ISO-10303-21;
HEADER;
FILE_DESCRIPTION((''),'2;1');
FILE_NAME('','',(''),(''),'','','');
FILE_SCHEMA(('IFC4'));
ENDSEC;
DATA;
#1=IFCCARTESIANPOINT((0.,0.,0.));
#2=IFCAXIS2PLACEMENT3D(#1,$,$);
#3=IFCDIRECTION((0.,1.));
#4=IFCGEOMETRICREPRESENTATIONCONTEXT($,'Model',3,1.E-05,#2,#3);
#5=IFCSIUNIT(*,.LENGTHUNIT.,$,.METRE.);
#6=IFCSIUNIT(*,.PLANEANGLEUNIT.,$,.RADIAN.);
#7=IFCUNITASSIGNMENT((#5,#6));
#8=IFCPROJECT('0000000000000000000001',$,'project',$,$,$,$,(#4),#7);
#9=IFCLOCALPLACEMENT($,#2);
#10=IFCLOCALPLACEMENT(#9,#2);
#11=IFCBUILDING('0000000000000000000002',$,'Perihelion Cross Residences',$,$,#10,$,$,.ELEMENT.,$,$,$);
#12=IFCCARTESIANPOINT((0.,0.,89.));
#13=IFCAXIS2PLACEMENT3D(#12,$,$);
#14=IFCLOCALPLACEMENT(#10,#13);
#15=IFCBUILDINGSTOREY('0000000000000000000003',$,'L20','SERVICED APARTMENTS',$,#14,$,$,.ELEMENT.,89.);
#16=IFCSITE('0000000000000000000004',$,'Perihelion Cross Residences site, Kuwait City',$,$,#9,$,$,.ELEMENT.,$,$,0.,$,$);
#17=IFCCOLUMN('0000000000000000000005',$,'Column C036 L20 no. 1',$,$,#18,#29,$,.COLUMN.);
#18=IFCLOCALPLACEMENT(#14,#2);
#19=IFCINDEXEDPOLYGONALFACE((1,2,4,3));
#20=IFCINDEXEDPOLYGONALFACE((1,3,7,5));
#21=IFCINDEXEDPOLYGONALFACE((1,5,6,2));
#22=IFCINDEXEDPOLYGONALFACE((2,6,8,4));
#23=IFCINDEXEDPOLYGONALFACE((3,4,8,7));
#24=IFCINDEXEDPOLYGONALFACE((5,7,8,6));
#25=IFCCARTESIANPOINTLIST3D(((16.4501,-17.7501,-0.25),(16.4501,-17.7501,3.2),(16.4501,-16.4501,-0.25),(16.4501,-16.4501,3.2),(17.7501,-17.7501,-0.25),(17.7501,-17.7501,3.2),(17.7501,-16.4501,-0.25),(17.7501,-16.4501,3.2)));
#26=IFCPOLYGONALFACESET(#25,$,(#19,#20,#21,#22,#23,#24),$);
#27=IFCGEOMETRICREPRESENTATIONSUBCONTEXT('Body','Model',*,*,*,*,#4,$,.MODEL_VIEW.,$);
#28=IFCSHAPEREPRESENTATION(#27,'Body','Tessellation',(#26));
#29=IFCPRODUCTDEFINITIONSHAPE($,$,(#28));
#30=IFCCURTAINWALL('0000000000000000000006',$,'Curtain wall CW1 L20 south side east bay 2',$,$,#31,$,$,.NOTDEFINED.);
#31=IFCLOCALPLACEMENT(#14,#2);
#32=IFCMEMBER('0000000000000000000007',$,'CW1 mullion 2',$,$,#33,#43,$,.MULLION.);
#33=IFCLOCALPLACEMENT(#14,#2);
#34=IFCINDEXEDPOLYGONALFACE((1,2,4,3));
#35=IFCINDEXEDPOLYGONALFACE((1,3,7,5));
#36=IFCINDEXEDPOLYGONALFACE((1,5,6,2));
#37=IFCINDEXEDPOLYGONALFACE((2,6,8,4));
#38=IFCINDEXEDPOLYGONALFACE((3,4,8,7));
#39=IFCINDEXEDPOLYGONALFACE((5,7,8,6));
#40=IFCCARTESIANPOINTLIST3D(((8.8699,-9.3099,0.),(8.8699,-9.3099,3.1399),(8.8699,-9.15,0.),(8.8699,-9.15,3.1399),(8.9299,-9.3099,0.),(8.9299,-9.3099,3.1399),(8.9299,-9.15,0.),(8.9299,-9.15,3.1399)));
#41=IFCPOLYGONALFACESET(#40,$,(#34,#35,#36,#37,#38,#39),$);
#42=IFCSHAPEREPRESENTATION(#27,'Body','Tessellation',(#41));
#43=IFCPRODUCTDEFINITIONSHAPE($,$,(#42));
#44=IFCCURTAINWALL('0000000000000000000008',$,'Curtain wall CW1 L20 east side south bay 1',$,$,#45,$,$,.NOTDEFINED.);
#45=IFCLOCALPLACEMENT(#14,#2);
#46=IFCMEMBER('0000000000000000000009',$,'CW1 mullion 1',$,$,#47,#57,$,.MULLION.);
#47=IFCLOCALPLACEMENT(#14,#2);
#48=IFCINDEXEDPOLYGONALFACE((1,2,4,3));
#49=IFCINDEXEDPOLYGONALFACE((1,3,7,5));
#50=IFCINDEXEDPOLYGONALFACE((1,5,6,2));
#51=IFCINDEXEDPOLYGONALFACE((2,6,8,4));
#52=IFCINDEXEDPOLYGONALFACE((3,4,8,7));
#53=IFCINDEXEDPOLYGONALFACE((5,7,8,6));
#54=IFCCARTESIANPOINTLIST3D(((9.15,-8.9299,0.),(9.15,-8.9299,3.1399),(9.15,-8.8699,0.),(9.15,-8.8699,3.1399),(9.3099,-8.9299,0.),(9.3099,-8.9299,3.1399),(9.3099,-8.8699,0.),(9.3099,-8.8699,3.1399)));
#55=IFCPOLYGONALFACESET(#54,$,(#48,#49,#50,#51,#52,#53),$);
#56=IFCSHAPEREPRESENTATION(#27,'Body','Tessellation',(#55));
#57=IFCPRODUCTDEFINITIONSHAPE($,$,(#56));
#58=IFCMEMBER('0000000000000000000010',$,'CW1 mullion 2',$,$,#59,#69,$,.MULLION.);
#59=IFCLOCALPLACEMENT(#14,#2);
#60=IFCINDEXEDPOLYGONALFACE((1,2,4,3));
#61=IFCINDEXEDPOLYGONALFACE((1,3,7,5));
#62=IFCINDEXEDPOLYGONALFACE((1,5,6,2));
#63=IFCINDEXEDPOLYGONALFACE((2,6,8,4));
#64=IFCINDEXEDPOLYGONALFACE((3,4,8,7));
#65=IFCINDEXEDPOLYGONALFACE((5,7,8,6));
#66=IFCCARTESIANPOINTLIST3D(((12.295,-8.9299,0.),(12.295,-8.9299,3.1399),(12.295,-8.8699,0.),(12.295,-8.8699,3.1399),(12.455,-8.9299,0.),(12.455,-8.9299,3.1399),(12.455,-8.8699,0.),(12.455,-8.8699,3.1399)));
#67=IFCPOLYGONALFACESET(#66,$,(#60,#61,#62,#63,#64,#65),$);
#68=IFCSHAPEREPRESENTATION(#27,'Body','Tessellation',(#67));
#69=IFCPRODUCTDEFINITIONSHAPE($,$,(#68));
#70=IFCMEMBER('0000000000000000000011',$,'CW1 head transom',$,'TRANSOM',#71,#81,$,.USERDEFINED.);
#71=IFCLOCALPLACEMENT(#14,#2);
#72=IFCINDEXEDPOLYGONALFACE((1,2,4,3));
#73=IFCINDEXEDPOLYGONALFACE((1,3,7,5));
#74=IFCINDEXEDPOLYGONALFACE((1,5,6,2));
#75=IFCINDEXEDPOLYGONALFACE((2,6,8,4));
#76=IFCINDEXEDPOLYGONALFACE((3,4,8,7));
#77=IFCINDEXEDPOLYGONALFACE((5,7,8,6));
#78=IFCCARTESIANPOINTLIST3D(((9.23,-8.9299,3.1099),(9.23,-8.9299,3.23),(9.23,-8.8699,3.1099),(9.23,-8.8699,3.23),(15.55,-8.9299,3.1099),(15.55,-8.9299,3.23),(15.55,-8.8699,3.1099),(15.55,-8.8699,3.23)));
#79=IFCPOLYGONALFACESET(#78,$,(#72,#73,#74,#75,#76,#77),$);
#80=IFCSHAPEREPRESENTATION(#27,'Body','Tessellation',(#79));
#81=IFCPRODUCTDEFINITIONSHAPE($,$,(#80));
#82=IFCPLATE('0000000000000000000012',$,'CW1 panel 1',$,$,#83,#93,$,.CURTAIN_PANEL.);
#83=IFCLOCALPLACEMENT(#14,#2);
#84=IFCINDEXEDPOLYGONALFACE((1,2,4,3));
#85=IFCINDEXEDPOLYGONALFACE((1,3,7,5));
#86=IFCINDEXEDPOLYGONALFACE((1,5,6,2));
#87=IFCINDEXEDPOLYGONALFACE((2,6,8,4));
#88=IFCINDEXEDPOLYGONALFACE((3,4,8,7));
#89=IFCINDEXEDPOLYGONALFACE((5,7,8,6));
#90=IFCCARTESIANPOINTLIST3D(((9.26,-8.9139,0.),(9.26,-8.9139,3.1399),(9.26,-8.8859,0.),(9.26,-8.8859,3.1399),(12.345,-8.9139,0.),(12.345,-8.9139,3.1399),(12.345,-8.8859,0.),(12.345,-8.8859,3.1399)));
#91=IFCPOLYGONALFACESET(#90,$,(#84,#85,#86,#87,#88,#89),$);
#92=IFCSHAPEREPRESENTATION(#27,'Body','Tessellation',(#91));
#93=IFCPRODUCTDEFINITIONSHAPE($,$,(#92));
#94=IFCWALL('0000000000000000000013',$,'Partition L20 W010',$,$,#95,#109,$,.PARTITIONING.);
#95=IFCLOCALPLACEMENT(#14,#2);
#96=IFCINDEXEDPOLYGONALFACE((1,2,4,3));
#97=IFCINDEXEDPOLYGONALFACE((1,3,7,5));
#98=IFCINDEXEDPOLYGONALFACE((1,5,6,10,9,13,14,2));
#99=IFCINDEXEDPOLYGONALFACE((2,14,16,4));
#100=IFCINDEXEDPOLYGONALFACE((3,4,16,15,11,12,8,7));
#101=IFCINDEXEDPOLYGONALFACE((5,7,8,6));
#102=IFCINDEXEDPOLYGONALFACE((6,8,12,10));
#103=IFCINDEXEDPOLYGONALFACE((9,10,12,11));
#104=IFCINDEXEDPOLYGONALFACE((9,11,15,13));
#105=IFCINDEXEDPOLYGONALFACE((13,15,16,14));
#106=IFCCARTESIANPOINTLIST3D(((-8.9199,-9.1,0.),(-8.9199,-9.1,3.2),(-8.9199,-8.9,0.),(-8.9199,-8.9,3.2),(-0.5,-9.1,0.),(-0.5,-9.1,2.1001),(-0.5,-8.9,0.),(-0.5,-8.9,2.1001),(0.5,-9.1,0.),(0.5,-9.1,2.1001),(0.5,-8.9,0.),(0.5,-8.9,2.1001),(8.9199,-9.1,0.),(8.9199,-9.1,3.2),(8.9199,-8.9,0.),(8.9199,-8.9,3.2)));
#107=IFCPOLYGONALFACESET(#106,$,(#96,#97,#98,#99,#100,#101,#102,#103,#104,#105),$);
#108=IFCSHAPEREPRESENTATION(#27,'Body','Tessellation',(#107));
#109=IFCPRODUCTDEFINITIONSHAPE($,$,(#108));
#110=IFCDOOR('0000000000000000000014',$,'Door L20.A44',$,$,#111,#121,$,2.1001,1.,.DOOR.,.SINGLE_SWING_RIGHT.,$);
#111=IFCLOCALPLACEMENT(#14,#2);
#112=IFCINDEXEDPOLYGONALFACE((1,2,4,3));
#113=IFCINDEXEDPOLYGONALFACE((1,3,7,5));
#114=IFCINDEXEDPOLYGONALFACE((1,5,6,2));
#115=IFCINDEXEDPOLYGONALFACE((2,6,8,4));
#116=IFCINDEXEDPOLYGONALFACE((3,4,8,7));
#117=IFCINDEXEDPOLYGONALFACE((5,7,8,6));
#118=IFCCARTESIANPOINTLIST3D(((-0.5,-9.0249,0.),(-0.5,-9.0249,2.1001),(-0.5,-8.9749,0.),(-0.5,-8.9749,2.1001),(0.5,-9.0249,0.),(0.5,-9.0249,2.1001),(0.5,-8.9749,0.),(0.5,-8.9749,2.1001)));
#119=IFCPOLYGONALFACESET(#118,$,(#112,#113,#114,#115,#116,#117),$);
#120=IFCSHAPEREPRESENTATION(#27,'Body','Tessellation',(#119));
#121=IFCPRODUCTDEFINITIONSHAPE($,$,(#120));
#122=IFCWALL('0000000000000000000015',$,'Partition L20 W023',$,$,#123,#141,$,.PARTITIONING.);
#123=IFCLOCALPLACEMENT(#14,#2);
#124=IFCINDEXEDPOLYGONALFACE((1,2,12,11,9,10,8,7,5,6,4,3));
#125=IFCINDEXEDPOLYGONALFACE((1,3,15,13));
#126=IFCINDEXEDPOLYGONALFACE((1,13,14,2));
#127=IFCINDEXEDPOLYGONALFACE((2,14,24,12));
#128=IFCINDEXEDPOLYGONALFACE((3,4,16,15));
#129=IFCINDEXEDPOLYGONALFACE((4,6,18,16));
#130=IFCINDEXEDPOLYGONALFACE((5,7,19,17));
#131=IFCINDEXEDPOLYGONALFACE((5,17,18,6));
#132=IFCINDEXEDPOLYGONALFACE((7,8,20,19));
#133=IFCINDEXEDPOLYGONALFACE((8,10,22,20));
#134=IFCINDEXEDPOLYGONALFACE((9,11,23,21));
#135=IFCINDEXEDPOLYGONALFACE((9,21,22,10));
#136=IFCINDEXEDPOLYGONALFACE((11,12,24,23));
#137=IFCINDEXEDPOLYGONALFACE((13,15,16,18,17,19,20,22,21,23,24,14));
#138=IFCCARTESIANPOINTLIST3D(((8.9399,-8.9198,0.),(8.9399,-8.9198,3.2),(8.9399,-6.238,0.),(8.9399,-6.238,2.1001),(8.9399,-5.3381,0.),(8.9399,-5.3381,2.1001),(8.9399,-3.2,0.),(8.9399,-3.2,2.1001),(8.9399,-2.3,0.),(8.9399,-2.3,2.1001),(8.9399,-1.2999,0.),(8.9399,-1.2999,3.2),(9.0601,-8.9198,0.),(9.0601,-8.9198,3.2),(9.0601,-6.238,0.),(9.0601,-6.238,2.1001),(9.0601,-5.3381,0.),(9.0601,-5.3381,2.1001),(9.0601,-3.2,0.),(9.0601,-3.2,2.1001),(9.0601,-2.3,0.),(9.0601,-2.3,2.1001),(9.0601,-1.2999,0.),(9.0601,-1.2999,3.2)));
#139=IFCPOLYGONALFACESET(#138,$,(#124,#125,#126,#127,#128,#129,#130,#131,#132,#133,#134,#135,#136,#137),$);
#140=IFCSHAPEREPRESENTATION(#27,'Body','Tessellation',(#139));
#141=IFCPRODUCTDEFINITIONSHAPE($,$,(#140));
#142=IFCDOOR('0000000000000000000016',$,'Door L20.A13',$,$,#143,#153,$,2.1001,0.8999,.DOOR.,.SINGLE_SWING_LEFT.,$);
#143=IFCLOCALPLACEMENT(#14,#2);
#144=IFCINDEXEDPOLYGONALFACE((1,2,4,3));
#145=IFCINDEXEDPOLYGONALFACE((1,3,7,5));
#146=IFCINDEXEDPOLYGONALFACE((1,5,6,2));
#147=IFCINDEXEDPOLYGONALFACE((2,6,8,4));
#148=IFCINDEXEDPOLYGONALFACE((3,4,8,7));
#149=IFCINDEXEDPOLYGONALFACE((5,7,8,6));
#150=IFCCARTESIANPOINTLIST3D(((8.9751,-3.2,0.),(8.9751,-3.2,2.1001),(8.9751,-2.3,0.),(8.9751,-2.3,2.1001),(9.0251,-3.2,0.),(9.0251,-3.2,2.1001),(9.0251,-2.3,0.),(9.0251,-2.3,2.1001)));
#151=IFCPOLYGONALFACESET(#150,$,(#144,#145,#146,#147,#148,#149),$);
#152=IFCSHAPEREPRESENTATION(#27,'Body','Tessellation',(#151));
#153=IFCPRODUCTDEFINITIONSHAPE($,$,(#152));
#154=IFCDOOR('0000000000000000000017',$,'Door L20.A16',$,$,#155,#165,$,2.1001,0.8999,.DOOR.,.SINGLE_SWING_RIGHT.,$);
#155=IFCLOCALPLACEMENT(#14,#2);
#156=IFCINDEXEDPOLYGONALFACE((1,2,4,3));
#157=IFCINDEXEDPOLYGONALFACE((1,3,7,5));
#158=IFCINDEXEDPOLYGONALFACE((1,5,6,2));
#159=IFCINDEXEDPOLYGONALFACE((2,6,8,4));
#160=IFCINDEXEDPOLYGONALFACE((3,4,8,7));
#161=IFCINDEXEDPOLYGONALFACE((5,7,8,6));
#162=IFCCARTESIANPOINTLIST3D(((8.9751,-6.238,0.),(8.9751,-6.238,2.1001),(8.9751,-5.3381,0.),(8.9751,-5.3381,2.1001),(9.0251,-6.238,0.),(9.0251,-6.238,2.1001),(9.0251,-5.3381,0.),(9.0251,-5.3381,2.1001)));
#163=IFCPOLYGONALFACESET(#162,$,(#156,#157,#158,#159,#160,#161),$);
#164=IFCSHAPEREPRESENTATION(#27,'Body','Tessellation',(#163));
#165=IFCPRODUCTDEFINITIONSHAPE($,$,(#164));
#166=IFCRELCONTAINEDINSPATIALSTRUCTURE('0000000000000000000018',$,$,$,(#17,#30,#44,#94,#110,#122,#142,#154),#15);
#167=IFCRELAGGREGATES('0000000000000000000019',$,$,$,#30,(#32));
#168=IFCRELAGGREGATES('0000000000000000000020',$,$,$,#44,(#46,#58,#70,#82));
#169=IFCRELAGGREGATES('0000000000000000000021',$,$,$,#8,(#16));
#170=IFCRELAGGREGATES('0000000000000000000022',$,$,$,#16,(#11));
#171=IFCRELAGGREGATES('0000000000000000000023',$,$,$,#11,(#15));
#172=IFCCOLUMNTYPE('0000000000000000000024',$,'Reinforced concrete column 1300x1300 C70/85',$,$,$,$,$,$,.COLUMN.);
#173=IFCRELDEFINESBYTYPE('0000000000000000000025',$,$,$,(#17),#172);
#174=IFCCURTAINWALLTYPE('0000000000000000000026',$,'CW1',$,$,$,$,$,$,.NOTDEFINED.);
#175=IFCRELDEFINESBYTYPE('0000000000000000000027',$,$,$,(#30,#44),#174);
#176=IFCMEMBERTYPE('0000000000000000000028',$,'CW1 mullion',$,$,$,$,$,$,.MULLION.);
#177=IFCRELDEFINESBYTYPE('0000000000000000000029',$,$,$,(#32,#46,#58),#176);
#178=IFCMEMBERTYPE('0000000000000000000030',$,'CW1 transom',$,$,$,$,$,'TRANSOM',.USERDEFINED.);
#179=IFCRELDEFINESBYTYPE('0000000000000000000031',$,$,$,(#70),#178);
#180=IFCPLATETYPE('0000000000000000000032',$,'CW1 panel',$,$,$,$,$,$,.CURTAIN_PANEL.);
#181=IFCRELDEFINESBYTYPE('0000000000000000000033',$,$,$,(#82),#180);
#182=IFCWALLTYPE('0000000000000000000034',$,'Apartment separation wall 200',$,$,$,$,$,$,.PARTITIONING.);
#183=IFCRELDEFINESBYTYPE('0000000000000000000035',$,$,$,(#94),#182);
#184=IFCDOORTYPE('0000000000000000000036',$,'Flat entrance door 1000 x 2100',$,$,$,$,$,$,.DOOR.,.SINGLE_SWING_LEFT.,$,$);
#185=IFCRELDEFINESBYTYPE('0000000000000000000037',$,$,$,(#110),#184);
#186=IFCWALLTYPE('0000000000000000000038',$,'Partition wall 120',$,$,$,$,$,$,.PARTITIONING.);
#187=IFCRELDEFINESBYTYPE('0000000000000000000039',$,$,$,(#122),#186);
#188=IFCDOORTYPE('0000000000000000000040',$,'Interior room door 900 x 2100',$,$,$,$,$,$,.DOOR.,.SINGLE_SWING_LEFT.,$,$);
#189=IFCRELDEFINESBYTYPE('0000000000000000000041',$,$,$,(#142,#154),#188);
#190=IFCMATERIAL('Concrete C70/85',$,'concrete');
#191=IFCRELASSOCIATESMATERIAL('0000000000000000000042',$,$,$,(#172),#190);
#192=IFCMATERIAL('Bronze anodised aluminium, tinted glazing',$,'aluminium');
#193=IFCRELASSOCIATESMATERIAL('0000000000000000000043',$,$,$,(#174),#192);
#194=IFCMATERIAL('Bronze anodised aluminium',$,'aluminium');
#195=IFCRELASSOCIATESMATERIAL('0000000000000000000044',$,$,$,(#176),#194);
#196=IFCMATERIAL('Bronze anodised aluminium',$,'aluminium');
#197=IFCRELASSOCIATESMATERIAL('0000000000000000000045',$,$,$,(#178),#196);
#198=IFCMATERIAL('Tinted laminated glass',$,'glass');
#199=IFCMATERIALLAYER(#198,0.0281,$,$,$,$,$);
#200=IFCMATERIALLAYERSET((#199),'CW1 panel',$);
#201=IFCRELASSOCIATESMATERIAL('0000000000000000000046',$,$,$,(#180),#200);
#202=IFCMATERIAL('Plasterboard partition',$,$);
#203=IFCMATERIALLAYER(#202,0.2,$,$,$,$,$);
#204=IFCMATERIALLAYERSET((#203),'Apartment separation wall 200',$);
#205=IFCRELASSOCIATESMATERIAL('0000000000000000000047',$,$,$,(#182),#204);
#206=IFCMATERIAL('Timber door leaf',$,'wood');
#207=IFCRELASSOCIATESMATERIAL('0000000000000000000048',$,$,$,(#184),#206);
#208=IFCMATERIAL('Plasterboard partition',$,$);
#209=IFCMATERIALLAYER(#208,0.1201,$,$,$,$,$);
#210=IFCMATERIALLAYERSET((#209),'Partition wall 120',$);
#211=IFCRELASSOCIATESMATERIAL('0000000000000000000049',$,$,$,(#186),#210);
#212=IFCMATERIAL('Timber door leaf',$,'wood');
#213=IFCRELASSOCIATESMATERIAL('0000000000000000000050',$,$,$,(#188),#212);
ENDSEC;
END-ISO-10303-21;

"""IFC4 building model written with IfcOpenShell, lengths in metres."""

from ifc_helpers import new_model, si_unit, direction, frame, frame_2d, origin, origin_2d, place, context, subcontext, project, spatial, rectangle, extrude, material, layer, layer_set, material_profile, profile_set, type_object, element, fill, aggregate, save


model = new_model("IFC4")

# Units and contexts
model_context = context("Model", 3, precision=1e-05, world=origin(), true_north=direction((0.0, 1.0)))
body_context = subcontext(model_context, "Body", "Model", "MODEL_VIEW")
ifc_project = project(units=[si_unit("LENGTHUNIT", "METRE"), si_unit("PLANEANGLEUNIT", "RADIAN")], contexts=[model_context])

# Site, building, storey
site_placement = place(None, origin())
site = spatial("IfcSite", under=ifc_project, at=site_placement, Name="Perihelion Cross Residences site, Kuwait City", CompositionType="ELEMENT", RefElevation=0.0)
building_placement = place(site_placement, origin())
building = spatial("IfcBuilding", under=site, at=building_placement, Name="Perihelion Cross Residences", CompositionType="ELEMENT")
storey_placement = place(building_placement, frame((0.0, 0.0, 89.0)))
storey = spatial("IfcBuildingStorey", under=building, at=storey_placement, Name="L20", Description="SERVICED APARTMENTS", CompositionType="ELEMENT", Elevation=89.0)

# Column
ifc_material_1 = material(Name="Concrete C70/85", Category="concrete")
ifc_material_profile_1 = material_profile(ifc_material_1, rectangle(XDim=1.3, YDim=1.3, at=origin_2d()), Name="RC 1300x1300")
ifc_profile_set_1 = profile_set([ifc_material_profile_1], Name="Concrete C70/85")
column_type = type_object("IfcColumnType", Name="Reinforced concrete column 1300x1300 C70/85", PredefinedType="COLUMN", material=ifc_profile_set_1)
column_placement = place(storey_placement, frame((17.1001, -17.1001, -0.25), z_axis=(0.0, 0.0, 1.0), x_axis=(1.0, 0.0, 0.0)))
element("IfcColumn", 1, at=column_placement, inside=storey, type_object=column_type, Name="Column C036 L20 no. 1", PredefinedType="COLUMN", context=body_context, shape_type="SweptSolid", body=[
    extrude(rectangle(XDim=1.3, YDim=1.3, at=origin_2d()), origin(), (0.0, 0.0, 1.0), 3.45),
])

# Curtain wall, member
ifc_material_2 = material(Name="Bronze anodised aluminium, tinted glazing", Category="aluminium")
curtain_wall_type = type_object("IfcCurtainWallType", Name="CW1", PredefinedType="NOTDEFINED", material=ifc_material_2)
curtain_wall_1_placement = place(storey_placement, origin())
curtain_wall_1 = element("IfcCurtainWall", 2, at=curtain_wall_1_placement, inside=storey, type_object=curtain_wall_type, Name="Curtain wall CW1 L20 south side east bay 2", PredefinedType="NOTDEFINED")
ifc_material_3 = material(Name="Bronze anodised aluminium", Category="aluminium")
ifc_material_profile_2 = material_profile(ifc_material_3, rectangle(XDim=0.0601, YDim=0.1599, at=origin_2d()), Name="CW1 mullion")
ifc_profile_set_2 = profile_set([ifc_material_profile_2], Name="Bronze anodised aluminium")
member_type_1 = type_object("IfcMemberType", Name="CW1 mullion", PredefinedType="MULLION", material=ifc_profile_set_2)
member_1_placement = place(storey_placement, frame((8.8999, -9.23, 0.0), z_axis=(0.0, 0.0, 1.0), x_axis=(-1.0, 0.0, 0.0)))
member_1 = element("IfcMember", 3, at=member_1_placement, type_object=member_type_1, Name="CW1 mullion 2", PredefinedType="MULLION", context=body_context, shape_type="SweptSolid", body=[
    extrude(rectangle(XDim=0.0601, YDim=0.1599, at=origin_2d()), origin(), (0.0, 0.0, 1.0), 3.1399),
])
aggregate(curtain_wall_1, [member_1])

# Curtain wall, members, plate
curtain_wall_2_placement = place(storey_placement, origin())
curtain_wall_2 = element("IfcCurtainWall", 4, at=curtain_wall_2_placement, inside=storey, type_object=curtain_wall_type, Name="Curtain wall CW1 L20 east side south bay 1", PredefinedType="NOTDEFINED")
member_2_placement = place(storey_placement, frame((9.23, -8.8999, 0.0), z_axis=(0.0, 0.0, 1.0), x_axis=(0.0, 1.0, 0.0)))
member_2 = element("IfcMember", 5, at=member_2_placement, type_object=member_type_1, Name="CW1 mullion 1", PredefinedType="MULLION", context=body_context, shape_type="SweptSolid", body=[
    extrude(rectangle(XDim=0.0601, YDim=0.1599, at=origin_2d()), origin(), (0.0, 0.0, 1.0), 3.1399),
])
member_3_placement = place(storey_placement, frame((12.375, -8.8999, 0.0), z_axis=(0.0, 0.0, 1.0), x_axis=(0.0, 1.0, 0.0)))
member_3 = element("IfcMember", 6, at=member_3_placement, type_object=member_type_1, Name="CW1 mullion 2", PredefinedType="MULLION", context=body_context, shape_type="SweptSolid", body=[
    extrude(rectangle(XDim=0.0601, YDim=0.1599, at=origin_2d()), origin(), (0.0, 0.0, 1.0), 3.1399),
])
ifc_material_4 = material(Name="Bronze anodised aluminium", Category="aluminium")
ifc_material_profile_3 = material_profile(ifc_material_4, rectangle(XDim=0.0601, YDim=0.1201, at=origin_2d()), Name="CW1 transom")
ifc_profile_set_3 = profile_set([ifc_material_profile_3], Name="Bronze anodised aluminium")
member_type_2 = type_object("IfcMemberType", Name="CW1 transom", ElementType="TRANSOM", PredefinedType="USERDEFINED", material=ifc_profile_set_3)
member_4_placement = place(storey_placement, frame((9.23, -8.8999, 3.1699), z_axis=(1.0, 0.0, 0.0), x_axis=(0.0, 1.0, 0.0)))
member_4 = element("IfcMember", 7, at=member_4_placement, type_object=member_type_2, Name="CW1 head transom", ObjectType="TRANSOM", PredefinedType="USERDEFINED", context=body_context, shape_type="SweptSolid", body=[
    extrude(rectangle(XDim=0.0601, YDim=0.1201, at=origin_2d()), origin(), (0.0, 0.0, 1.0), 6.3201),
])
ifc_material_5 = material(Name="Tinted laminated glass", Category="glass")
ifc_layer_1 = layer(ifc_material_5, 0.0281)
ifc_layer_set_1 = layer_set([ifc_layer_1], Name="CW1 panel")
plate_type = type_object("IfcPlateType", Name="CW1 panel", PredefinedType="CURTAIN_PANEL", material=ifc_layer_set_1)
plate_placement = place(storey_placement, frame((10.8025, -8.8999, 0.0), z_axis=(0.0, 0.0, 1.0), x_axis=(1.0, 0.0, 0.0)))
plate = element("IfcPlate", 8, at=plate_placement, type_object=plate_type, Name="CW1 panel 1", PredefinedType="CURTAIN_PANEL", context=body_context, shape_type="SweptSolid", body=[
    extrude(rectangle(XDim=3.085, YDim=0.0281, at=origin_2d()), origin(), (0.0, 0.0, 1.0), 3.1399),
])
aggregate(curtain_wall_2, [member_2, member_3, member_4, plate])

# Wall, opening, door
ifc_material_6 = material(Name="Plasterboard partition")
ifc_layer_2 = layer(ifc_material_6, 0.2)
ifc_layer_set_2 = layer_set([ifc_layer_2], Name="Apartment separation wall 200")
wall_type_1 = type_object("IfcWallType", Name="Apartment separation wall 200", PredefinedType="PARTITIONING", material=ifc_layer_set_2)
wall_1_placement = place(storey_placement, frame((8.9199, -9.0, 0.0), z_axis=(0.0, 0.0, 1.0), x_axis=(-1.0, 0.0, 0.0)))
wall_1 = element("IfcWall", 9, at=wall_1_placement, inside=storey, type_object=wall_type_1, Name="Partition L20 W010", PredefinedType="PARTITIONING", context=body_context, shape_type="SweptSolid", body=[
    extrude(rectangle(XDim=17.8398, YDim=0.2, at=frame_2d((8.9199, 0.0))), origin(), (0.0, 0.0, 1.0), 3.2),
])
opening_1_placement = place(wall_1_placement, frame((8.4199, 0.0, 0.0)))
opening_1 = element("IfcOpeningElement", 10, at=opening_1_placement, cuts=wall_1, PredefinedType="OPENING", context=body_context, shape_type="SweptSolid", body=[
    extrude(rectangle(XDim=1.0, YDim=2.1001, at=frame_2d((0.5, 1.05))), frame((0.0, 0.1099, 0.0), z_axis=(0.0, -1.0, 0.0), x_axis=(1.0, 0.0, 0.0)), (0.0, 0.0, 1.0), 0.22),
])
ifc_material_7 = material(Name="Timber door leaf", Category="wood")
door_type_1 = type_object("IfcDoorType", Name="Flat entrance door 1000 x 2100", OperationType="SINGLE_SWING_LEFT", PredefinedType="DOOR", material=ifc_material_7)
door_1_placement = place(opening_1_placement, origin())
door_1 = element("IfcDoor", 11, at=door_1_placement, inside=storey, type_object=door_type_1, Name="Door L20.A44", OperationType="SINGLE_SWING_RIGHT", OverallHeight=2.1001, OverallWidth=1.0, PredefinedType="DOOR", context=body_context, shape_type="SweptSolid", body=[
    extrude(rectangle(XDim=1.0, YDim=2.1001, at=frame_2d((0.5, 1.05))), frame((0.0, 0.0249, 0.0), z_axis=(0.0, -1.0, 0.0), x_axis=(1.0, 0.0, 0.0)), (0.0, 0.0, 1.0), 0.05),
])
fill(opening_1, door_1)

# Wall, openings, doors
ifc_material_8 = material(Name="Plasterboard partition")
ifc_layer_3 = layer(ifc_material_8, 0.1201)
ifc_layer_set_3 = layer_set([ifc_layer_3], Name="Partition wall 120")
wall_type_2 = type_object("IfcWallType", Name="Partition wall 120", PredefinedType="PARTITIONING", material=ifc_layer_set_3)
wall_2_placement = place(storey_placement, frame((9.0, -8.9199, 0.0), z_axis=(0.0, 0.0, 1.0), x_axis=(0.0, 1.0, 0.0)))
wall_2 = element("IfcWall", 12, at=wall_2_placement, inside=storey, type_object=wall_type_2, Name="Partition L20 W023", PredefinedType="PARTITIONING", context=body_context, shape_type="SweptSolid", body=[
    extrude(rectangle(XDim=7.6199, YDim=0.1201, at=frame_2d((3.8101, 0.0))), origin(), (0.0, 0.0, 1.0), 3.2),
])
opening_2_placement = place(wall_2_placement, frame((5.72, 0.0, 0.0)))
opening_2 = element("IfcOpeningElement", 13, at=opening_2_placement, cuts=wall_2, PredefinedType="OPENING", context=body_context, shape_type="SweptSolid", body=[
    extrude(rectangle(XDim=0.8999, YDim=2.1001, at=frame_2d((0.45, 1.05))), frame((0.0, 0.0701, 0.0), z_axis=(0.0, -1.0, 0.0), x_axis=(1.0, 0.0, 0.0)), (0.0, 0.0, 1.0), 0.1401),
])
opening_3_placement = place(wall_2_placement, frame((2.6819, 0.0, 0.0)))
opening_3 = element("IfcOpeningElement", 14, at=opening_3_placement, cuts=wall_2, PredefinedType="OPENING", context=body_context, shape_type="SweptSolid", body=[
    extrude(rectangle(XDim=0.8999, YDim=2.1001, at=frame_2d((0.45, 1.05))), frame((0.0, 0.0701, 0.0), z_axis=(0.0, -1.0, 0.0), x_axis=(1.0, 0.0, 0.0)), (0.0, 0.0, 1.0), 0.1401),
])
ifc_material_9 = material(Name="Timber door leaf", Category="wood")
door_type_2 = type_object("IfcDoorType", Name="Interior room door 900 x 2100", OperationType="SINGLE_SWING_LEFT", PredefinedType="DOOR", material=ifc_material_9)
door_2_placement = place(opening_2_placement, origin())
door_2 = element("IfcDoor", 15, at=door_2_placement, inside=storey, type_object=door_type_2, Name="Door L20.A13", OperationType="SINGLE_SWING_LEFT", OverallHeight=2.1001, OverallWidth=0.8999, PredefinedType="DOOR", context=body_context, shape_type="SweptSolid", body=[
    extrude(rectangle(XDim=0.8999, YDim=2.1001, at=frame_2d((0.45, 1.05))), frame((0.0, 0.0249, 0.0), z_axis=(0.0, -1.0, 0.0), x_axis=(1.0, 0.0, 0.0)), (0.0, 0.0, 1.0), 0.05),
])
fill(opening_2, door_2)
door_3_placement = place(opening_3_placement, origin())
door_3 = element("IfcDoor", 16, at=door_3_placement, inside=storey, type_object=door_type_2, Name="Door L20.A16", OperationType="SINGLE_SWING_RIGHT", OverallHeight=2.1001, OverallWidth=0.8999, PredefinedType="DOOR", context=body_context, shape_type="SweptSolid", body=[
    extrude(rectangle(XDim=0.8999, YDim=2.1001, at=frame_2d((0.45, 1.05))), frame((0.0, 0.0249, 0.0), z_axis=(0.0, -1.0, 0.0), x_axis=(1.0, 0.0, 0.0)), (0.0, 0.0, 1.0), 0.05),
])
fill(opening_3, door_3)

save(model, "model.ifc")
